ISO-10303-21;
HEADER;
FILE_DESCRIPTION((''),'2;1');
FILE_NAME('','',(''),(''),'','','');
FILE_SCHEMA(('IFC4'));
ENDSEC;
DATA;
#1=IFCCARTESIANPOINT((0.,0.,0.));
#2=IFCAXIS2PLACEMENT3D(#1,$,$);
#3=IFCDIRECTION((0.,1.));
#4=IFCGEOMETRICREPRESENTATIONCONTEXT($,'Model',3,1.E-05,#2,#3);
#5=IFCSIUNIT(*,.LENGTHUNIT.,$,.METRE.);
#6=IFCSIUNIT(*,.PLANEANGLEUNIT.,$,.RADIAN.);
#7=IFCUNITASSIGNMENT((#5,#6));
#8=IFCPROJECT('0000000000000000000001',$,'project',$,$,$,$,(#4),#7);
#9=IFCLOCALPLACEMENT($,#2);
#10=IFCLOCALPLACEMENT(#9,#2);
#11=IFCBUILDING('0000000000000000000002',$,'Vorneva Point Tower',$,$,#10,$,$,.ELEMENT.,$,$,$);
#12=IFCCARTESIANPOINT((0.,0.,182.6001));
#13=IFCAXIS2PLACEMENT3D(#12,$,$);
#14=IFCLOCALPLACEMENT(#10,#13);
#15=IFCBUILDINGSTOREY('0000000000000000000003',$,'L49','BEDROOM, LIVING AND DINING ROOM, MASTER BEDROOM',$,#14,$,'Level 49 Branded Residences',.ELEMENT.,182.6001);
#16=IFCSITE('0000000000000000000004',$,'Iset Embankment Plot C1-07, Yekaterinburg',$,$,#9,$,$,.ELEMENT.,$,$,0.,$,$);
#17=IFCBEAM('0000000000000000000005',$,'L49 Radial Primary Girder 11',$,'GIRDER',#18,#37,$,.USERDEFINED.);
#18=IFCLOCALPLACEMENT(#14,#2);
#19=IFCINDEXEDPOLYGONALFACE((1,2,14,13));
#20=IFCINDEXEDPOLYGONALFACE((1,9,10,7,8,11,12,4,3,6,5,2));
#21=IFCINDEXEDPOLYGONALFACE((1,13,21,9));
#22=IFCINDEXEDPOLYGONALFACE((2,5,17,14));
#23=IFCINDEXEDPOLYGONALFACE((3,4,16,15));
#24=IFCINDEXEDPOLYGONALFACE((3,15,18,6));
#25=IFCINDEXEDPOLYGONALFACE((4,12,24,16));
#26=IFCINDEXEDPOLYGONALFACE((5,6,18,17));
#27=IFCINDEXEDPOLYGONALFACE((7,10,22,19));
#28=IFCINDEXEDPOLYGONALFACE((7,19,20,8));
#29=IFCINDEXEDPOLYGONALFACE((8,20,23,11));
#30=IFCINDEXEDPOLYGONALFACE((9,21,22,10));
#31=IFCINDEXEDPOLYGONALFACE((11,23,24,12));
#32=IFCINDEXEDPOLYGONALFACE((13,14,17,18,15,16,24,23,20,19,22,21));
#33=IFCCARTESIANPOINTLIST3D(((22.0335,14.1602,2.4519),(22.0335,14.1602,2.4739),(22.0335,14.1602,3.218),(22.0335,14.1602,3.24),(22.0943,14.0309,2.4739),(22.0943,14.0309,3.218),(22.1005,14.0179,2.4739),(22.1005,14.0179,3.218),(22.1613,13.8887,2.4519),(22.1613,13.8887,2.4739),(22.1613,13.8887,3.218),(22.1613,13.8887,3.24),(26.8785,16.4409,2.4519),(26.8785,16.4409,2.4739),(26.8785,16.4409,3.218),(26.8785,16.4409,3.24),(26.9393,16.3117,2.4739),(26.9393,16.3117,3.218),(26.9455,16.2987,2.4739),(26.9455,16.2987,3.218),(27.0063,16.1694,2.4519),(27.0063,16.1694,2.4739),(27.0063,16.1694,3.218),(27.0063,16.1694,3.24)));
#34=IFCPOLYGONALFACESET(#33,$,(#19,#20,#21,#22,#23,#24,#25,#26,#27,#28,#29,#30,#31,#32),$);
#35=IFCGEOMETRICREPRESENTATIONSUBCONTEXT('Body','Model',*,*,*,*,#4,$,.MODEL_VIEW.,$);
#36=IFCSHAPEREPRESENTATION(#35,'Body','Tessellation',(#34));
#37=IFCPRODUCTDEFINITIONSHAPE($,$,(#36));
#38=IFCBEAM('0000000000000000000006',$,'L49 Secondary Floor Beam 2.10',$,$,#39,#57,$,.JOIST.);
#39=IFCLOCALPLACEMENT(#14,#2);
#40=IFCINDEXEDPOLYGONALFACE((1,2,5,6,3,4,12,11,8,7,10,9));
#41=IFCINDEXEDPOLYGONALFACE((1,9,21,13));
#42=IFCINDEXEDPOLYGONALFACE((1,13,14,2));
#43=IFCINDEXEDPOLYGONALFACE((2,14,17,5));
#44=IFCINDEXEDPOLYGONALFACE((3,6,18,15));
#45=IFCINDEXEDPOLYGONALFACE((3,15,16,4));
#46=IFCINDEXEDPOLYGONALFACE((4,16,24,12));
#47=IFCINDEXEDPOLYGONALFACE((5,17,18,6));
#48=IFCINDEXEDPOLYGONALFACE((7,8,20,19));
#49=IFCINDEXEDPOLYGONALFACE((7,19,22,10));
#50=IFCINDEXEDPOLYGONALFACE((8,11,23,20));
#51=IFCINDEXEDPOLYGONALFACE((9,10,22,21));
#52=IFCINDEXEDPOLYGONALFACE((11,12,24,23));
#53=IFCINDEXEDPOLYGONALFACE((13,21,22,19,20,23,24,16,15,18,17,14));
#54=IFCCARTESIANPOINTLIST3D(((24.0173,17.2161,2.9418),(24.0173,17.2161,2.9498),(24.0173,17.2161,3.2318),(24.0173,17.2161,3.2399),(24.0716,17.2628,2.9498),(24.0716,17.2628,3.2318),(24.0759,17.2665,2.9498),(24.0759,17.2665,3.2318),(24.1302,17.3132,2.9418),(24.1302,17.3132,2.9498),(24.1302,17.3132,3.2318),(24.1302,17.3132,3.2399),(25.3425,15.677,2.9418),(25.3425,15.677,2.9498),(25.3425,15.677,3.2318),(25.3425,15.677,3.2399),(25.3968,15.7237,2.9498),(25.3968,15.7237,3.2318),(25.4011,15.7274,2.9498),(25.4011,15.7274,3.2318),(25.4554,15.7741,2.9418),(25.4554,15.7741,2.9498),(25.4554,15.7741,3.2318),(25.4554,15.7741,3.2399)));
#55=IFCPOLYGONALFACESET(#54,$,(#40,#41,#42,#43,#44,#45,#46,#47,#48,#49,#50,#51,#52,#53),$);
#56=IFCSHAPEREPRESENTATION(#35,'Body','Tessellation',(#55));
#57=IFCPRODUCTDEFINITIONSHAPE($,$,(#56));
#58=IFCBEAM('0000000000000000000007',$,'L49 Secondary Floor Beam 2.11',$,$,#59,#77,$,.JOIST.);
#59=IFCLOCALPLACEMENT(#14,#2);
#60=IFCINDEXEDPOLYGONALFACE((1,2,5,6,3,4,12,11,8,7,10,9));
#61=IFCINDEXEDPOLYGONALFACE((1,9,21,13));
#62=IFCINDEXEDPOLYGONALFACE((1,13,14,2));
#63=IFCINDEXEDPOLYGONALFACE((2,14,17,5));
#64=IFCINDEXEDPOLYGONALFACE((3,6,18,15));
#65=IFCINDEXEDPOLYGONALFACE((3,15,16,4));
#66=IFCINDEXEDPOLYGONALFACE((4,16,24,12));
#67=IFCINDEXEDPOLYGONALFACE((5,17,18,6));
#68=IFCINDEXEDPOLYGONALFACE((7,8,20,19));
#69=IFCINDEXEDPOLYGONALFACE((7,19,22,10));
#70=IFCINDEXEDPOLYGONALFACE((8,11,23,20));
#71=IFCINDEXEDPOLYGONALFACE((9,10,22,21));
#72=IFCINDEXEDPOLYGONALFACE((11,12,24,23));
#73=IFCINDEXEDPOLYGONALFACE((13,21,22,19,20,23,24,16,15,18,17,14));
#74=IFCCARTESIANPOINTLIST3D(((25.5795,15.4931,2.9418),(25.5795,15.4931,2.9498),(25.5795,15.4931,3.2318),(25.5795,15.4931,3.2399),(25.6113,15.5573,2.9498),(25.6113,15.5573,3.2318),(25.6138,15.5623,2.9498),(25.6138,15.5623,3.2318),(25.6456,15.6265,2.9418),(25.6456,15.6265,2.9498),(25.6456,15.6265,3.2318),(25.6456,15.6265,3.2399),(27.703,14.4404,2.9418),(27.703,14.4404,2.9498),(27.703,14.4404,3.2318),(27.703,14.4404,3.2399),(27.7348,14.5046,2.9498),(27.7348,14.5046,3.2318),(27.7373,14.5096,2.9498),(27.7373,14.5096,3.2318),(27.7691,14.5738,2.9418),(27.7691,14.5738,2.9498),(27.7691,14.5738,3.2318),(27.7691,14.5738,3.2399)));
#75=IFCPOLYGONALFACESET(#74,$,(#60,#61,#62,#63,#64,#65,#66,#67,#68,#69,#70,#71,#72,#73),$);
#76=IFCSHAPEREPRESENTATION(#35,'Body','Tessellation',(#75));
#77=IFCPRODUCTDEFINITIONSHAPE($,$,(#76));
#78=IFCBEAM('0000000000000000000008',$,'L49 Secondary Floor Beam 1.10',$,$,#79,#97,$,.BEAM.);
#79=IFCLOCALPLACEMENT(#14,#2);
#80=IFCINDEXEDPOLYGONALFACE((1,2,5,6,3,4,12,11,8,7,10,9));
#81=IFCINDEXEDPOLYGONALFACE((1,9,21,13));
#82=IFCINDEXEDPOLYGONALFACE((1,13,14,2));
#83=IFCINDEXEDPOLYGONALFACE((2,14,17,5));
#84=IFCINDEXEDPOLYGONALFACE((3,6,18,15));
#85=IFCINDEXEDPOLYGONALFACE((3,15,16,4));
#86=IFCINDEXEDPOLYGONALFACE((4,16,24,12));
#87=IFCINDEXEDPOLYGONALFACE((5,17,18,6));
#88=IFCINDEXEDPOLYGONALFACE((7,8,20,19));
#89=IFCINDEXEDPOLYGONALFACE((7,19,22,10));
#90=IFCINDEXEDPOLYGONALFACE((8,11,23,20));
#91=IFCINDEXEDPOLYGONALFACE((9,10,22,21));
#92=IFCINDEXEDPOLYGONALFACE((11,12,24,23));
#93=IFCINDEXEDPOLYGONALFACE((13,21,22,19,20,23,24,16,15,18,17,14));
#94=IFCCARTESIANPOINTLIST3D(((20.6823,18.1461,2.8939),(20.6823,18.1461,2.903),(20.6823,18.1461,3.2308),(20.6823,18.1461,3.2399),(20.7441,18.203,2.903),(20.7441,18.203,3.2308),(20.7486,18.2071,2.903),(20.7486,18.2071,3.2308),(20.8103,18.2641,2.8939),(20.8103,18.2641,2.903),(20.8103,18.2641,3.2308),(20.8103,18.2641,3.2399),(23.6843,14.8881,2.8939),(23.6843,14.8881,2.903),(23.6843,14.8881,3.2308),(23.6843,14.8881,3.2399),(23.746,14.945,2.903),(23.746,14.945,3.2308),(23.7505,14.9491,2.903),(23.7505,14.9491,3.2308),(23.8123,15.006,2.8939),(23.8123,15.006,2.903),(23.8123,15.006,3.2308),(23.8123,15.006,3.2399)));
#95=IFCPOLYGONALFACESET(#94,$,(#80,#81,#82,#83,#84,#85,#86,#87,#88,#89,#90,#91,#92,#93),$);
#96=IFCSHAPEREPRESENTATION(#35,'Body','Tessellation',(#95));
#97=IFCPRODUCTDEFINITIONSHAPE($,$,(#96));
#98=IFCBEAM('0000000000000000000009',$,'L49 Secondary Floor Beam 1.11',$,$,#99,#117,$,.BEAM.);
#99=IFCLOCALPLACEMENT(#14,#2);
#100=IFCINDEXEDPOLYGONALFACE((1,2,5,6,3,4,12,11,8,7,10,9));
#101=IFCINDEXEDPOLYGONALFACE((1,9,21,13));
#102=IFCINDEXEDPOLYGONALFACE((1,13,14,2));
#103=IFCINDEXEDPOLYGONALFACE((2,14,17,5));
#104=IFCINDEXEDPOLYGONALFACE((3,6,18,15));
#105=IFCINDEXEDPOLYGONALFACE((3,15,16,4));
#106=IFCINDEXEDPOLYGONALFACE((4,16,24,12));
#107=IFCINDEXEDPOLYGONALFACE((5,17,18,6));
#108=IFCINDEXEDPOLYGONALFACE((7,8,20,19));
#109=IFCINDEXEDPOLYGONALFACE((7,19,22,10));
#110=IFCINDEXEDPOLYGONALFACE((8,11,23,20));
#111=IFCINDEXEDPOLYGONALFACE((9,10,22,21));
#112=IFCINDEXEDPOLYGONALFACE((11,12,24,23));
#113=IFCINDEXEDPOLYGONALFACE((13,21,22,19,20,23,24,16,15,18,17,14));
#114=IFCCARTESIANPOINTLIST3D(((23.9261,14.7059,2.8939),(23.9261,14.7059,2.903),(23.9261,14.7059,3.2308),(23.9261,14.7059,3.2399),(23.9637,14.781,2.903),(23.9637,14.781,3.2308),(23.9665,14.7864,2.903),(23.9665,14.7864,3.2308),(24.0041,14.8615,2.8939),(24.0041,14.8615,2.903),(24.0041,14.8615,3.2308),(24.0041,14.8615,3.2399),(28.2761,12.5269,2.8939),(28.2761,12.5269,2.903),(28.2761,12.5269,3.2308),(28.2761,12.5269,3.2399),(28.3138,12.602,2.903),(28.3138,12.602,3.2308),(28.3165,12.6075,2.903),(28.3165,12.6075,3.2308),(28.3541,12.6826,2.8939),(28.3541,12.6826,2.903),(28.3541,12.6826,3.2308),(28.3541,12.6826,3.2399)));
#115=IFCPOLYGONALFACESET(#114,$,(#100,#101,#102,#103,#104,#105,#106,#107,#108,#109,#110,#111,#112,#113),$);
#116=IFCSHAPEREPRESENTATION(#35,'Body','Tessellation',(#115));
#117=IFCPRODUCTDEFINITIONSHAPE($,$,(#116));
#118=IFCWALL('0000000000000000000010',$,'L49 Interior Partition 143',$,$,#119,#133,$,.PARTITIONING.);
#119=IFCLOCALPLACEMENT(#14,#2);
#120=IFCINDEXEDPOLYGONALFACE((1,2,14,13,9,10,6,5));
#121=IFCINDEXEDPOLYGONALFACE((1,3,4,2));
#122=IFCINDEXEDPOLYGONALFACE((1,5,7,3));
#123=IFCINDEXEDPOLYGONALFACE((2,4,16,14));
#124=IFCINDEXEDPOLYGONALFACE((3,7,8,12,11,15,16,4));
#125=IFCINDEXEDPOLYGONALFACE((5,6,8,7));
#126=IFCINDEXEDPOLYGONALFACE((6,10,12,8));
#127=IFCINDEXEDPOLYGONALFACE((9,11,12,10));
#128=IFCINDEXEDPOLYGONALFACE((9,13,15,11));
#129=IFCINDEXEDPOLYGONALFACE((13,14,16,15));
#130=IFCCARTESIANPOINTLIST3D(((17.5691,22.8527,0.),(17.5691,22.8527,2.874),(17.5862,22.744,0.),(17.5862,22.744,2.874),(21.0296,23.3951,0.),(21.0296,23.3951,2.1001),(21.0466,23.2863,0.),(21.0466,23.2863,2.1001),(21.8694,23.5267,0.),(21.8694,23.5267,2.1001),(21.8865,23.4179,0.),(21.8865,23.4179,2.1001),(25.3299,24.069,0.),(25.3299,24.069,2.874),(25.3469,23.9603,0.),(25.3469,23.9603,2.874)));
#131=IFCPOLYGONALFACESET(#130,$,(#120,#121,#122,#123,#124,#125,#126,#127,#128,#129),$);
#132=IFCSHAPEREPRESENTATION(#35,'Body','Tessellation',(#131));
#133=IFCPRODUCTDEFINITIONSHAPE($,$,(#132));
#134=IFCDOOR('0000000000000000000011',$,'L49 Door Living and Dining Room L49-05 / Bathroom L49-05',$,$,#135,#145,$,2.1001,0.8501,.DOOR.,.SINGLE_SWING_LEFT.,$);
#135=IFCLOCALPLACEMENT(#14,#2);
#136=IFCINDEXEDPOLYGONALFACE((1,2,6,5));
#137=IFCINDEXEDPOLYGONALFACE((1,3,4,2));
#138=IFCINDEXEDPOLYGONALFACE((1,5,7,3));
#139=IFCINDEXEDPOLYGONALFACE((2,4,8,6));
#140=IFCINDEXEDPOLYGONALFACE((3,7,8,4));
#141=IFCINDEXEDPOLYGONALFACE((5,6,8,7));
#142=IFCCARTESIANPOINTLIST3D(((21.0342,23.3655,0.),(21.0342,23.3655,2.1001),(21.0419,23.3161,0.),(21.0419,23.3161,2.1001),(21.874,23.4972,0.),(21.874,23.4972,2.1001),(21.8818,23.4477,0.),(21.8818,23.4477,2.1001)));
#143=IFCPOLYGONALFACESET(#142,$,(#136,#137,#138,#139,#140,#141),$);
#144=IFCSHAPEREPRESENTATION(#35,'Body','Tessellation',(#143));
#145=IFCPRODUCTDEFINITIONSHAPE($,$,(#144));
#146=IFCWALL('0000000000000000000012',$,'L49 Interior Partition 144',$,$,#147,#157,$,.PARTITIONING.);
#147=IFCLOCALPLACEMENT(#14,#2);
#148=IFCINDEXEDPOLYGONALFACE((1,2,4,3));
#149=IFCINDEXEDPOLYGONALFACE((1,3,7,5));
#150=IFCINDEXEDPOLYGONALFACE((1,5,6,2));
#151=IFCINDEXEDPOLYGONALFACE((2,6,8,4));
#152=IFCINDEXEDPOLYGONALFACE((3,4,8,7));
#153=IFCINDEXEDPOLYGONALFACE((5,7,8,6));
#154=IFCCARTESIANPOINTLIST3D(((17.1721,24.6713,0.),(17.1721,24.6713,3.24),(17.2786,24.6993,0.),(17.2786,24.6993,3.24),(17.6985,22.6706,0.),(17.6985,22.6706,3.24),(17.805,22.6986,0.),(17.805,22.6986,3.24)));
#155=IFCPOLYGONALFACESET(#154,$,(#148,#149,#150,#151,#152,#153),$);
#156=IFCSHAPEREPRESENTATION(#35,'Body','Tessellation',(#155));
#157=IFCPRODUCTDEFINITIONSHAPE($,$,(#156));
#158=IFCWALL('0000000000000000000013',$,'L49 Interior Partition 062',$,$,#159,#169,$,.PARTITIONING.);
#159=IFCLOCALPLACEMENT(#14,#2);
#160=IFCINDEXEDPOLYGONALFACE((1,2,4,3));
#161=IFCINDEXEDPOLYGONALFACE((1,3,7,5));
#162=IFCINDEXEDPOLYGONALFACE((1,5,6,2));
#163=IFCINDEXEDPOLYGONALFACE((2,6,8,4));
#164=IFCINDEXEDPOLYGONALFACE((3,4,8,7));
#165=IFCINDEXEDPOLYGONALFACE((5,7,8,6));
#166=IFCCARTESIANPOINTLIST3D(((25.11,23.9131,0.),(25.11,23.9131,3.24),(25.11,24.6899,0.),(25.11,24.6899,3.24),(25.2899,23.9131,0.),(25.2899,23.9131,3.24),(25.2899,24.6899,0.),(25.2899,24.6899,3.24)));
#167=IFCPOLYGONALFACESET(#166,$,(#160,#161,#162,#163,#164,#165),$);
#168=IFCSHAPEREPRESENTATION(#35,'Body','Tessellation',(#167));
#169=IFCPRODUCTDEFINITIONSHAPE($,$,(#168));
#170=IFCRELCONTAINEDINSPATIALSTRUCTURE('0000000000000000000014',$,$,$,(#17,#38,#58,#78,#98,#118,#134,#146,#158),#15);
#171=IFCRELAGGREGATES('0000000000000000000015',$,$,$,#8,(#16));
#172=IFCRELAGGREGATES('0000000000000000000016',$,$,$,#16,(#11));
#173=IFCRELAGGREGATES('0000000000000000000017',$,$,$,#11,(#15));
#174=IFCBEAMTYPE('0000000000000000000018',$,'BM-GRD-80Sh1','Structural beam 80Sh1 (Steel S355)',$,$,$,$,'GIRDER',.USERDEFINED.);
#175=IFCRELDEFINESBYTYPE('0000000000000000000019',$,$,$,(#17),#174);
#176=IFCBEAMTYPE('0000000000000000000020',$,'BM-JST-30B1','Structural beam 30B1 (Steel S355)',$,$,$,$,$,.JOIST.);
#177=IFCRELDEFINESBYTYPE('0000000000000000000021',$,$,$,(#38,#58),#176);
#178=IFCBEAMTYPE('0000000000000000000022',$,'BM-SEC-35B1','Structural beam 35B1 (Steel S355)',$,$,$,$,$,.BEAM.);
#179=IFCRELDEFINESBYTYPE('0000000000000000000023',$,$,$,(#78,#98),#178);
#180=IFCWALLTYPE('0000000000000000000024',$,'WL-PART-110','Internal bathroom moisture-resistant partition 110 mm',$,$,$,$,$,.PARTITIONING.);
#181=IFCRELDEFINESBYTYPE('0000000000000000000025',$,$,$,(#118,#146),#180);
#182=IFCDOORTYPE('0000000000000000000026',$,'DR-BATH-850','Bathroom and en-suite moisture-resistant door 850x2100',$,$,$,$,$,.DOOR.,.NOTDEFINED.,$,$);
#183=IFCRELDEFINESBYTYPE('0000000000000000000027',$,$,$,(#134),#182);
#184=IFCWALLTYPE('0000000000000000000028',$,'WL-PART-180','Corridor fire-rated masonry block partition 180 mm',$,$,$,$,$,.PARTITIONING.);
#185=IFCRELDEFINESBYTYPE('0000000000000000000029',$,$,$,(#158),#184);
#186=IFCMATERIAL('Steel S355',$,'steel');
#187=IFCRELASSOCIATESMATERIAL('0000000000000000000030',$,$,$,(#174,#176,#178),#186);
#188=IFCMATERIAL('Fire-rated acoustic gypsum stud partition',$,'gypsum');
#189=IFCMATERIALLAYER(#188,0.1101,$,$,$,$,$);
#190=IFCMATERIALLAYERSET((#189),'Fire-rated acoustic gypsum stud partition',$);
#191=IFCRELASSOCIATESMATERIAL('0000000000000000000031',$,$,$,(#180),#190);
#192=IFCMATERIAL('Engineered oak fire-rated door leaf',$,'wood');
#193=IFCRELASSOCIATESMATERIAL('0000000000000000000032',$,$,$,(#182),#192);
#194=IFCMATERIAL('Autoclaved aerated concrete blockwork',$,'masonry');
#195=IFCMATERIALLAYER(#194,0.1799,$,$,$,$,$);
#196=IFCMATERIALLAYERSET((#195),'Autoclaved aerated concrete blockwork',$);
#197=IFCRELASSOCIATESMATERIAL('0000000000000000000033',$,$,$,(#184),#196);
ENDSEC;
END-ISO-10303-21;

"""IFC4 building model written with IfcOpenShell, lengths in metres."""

from ifc_helpers import new_model, si_unit, direction, frame, frame_2d, origin, origin_2d, place, context, subcontext, project, spatial, rectangle, i_section, extrude, material, layer, layer_set, material_profile, profile_set, type_object, element, fill, save


model = new_model("IFC4")

# Units and contexts
model_context = context("Model", 3, precision=1e-05, world=origin(), true_north=direction((0.0, 1.0)))
body_context = subcontext(model_context, "Body", "Model", "MODEL_VIEW")
ifc_project = project(units=[si_unit("LENGTHUNIT", "METRE"), si_unit("PLANEANGLEUNIT", "RADIAN")], contexts=[model_context])

# Site, building, storey
site_placement = place(None, origin())
site = spatial("IfcSite", under=ifc_project, at=site_placement, Name="Iset Embankment Plot C1-07, Yekaterinburg", CompositionType="ELEMENT", RefElevation=0.0)
building_placement = place(site_placement, origin())
building = spatial("IfcBuilding", under=site, at=building_placement, Name="Vorneva Point Tower", CompositionType="ELEMENT")
storey_placement = place(building_placement, frame((0.0, 0.0, 182.6001)))
storey = spatial("IfcBuildingStorey", under=building, at=storey_placement, Name="L49", Description="BEDROOM, LIVING AND DINING ROOM, MASTER BEDROOM", LongName="Level 49 Branded Residences", CompositionType="ELEMENT", Elevation=182.6001)

# Beams
ifc_material_1 = material(Name="Steel S355", Category="steel")
ifc_material_profile_1 = material_profile(ifc_material_1, i_section(OverallWidth=0.3, OverallDepth=0.7881, WebThickness=0.0144, FlangeThickness=0.022, at=origin_2d()), Name="80Sh1")
ifc_profile_set_1 = profile_set([ifc_material_profile_1], Name="Steel S355")
beam_type_1 = type_object("IfcBeamType", Name="BM-GRD-80Sh1", Description="Structural beam 80Sh1 (Steel S355)", ElementType="GIRDER", PredefinedType="USERDEFINED", material=ifc_profile_set_1)
beam_1_placement = place(storey_placement, frame((22.0974, 14.0244, 2.8459), z_axis=(0.904763, 0.425916, 0.0), x_axis=(-0.425916, 0.904763, 0.0)))
element("IfcBeam", 1, at=beam_1_placement, inside=storey, type_object=beam_type_1, Name="L49 Radial Primary Girder 11", ObjectType="GIRDER", PredefinedType="USERDEFINED", context=body_context, shape_type="SweptSolid", body=[
    extrude(i_section(OverallWidth=0.3, OverallDepth=0.7881, WebThickness=0.0144, FlangeThickness=0.022, at=origin_2d()), origin(), (0.0, 0.0, 1.0), 5.355),
])
ifc_material_profile_2 = material_profile(ifc_material_1, i_section(OverallWidth=0.1489, OverallDepth=0.2981, WebThickness=0.0056, FlangeThickness=0.0081, at=origin_2d()), Name="30B1")
ifc_profile_set_2 = profile_set([ifc_material_profile_2], Name="Steel S355")
beam_type_2 = type_object("IfcBeamType", Name="BM-JST-30B1", Description="Structural beam 30B1 (Steel S355)", PredefinedType="JOIST", material=ifc_profile_set_2)
beam_2_placement = place(storey_placement, frame((24.0737, 17.2646, 3.0908), z_axis=(0.652492, -0.757795, 0.0), x_axis=(0.757795, 0.652492, 0.0)))
element("IfcBeam", 2, at=beam_2_placement, inside=storey, type_object=beam_type_2, Name="L49 Secondary Floor Beam 2.10", PredefinedType="JOIST", context=body_context, shape_type="SweptSolid", body=[
    extrude(i_section(OverallWidth=0.1489, OverallDepth=0.2981, WebThickness=0.0056, FlangeThickness=0.0081, at=origin_2d()), origin(), (0.0, 0.0, 1.0), 2.031),
])
beam_3_placement = place(storey_placement, frame((25.6125, 15.5598, 3.0908), z_axis=(0.895946, -0.444162, 0.0), x_axis=(0.444162, 0.895946, 0.0)))
element("IfcBeam", 3, at=beam_3_placement, inside=storey, type_object=beam_type_2, Name="L49 Secondary Floor Beam 2.11", PredefinedType="JOIST", context=body_context, shape_type="SweptSolid", body=[
    extrude(i_section(OverallWidth=0.1489, OverallDepth=0.2981, WebThickness=0.0056, FlangeThickness=0.0081, at=origin_2d()), origin(), (0.0, 0.0, 1.0), 2.3701),
])
ifc_material_profile_3 = material_profile(ifc_material_1, i_section(OverallWidth=0.1741, OverallDepth=0.3459, WebThickness=0.0061, FlangeThickness=0.009, at=origin_2d()), Name="35B1")
ifc_profile_set_3 = profile_set([ifc_material_profile_3], Name="Steel S355")
beam_type_3 = type_object("IfcBeamType", Name="BM-SEC-35B1", Description="Structural beam 35B1 (Steel S355)", PredefinedType="BEAM", material=ifc_profile_set_3)
beam_4_placement = place(storey_placement, frame((20.7463, 18.2051, 3.0669), z_axis=(0.677611, -0.73542, 0.0), x_axis=(0.73542, 0.677611, 0.0)))
element("IfcBeam", 4, at=beam_4_placement, inside=storey, type_object=beam_type_3, Name="L49 Secondary Floor Beam 1.10", PredefinedType="BEAM", context=body_context, shape_type="SweptSolid", body=[
    extrude(i_section(OverallWidth=0.1741, OverallDepth=0.3459, WebThickness=0.0061, FlangeThickness=0.009, at=origin_2d()), origin(), (0.0, 0.0, 1.0), 4.4302),
])
beam_5_placement = place(storey_placement, frame((23.9651, 14.7837, 3.0669), z_axis=(0.894106, -0.447856, 0.0), x_axis=(0.447856, 0.894106, 0.0)))
element("IfcBeam", 5, at=beam_5_placement, inside=storey, type_object=beam_type_3, Name="L49 Secondary Floor Beam 1.11", PredefinedType="BEAM", context=body_context, shape_type="SweptSolid", body=[
    extrude(i_section(OverallWidth=0.1741, OverallDepth=0.3459, WebThickness=0.0061, FlangeThickness=0.009, at=origin_2d()), origin(), (0.0, 0.0, 1.0), 4.8652),
])

# Wall, opening, door
ifc_material_2 = material(Name="Fire-rated acoustic gypsum stud partition", Category="gypsum")
ifc_layer_1 = layer(ifc_material_2, 0.1101)
ifc_layer_set_1 = layer_set([ifc_layer_1], Name="Fire-rated acoustic gypsum stud partition")
wall_type_1 = type_object("IfcWallType", Name="WL-PART-110", Description="Internal bathroom moisture-resistant partition 110 mm", PredefinedType="PARTITIONING", material=ifc_layer_set_1)
wall_1_placement = place(storey_placement, frame((25.3384, 24.0146, 0.0), z_axis=(0.0, 0.0, 1.0), x_axis=(-0.98794, -0.154836, 0.0)))
wall_1 = element("IfcWall", 6, at=wall_1_placement, inside=storey, type_object=wall_type_1, Name="L49 Interior Partition 143", PredefinedType="PARTITIONING", context=body_context, shape_type="SweptSolid", body=[
    extrude(rectangle(XDim=7.8555, YDim=0.1101, at=frame_2d((3.9277, 0.0))), origin(), (0.0, 0.0, 1.0), 2.874),
])
opening_1_placement = place(wall_1_placement, frame((3.5027, 0.0, 0.0)))
opening_1 = element("IfcOpeningElement", 7, at=opening_1_placement, cuts=wall_1, PredefinedType="OPENING", context=body_context, shape_type="SweptSolid", body=[
    extrude(rectangle(XDim=0.8501, YDim=2.1001, at=frame_2d((0.425, 1.05))), frame((0.0, 0.0698, 0.0), z_axis=(0.0, -1.0, 0.0), x_axis=(1.0, 0.0, 0.0)), (0.0, 0.0, 1.0), 0.1399),
])
ifc_material_3 = material(Name="Engineered oak fire-rated door leaf", Category="wood")
door_type_1 = type_object("IfcDoorType", Name="DR-BATH-850", Description="Bathroom and en-suite moisture-resistant door 850x2100", OperationType="NOTDEFINED", PredefinedType="DOOR", material=ifc_material_3)
door_1_placement = place(opening_1_placement, origin())
door_1 = element("IfcDoor", 8, at=door_1_placement, inside=storey, type_object=door_type_1, Name="L49 Door Living and Dining Room L49-05 / Bathroom L49-05", OperationType="SINGLE_SWING_LEFT", OverallHeight=2.1001, OverallWidth=0.8501, PredefinedType="DOOR", context=body_context, shape_type="SweptSolid", body=[
    extrude(rectangle(XDim=0.8501, YDim=2.1001, at=frame_2d((0.425, 1.05))), frame((0.0, 0.0249, 0.0), z_axis=(0.0, -1.0, 0.0), x_axis=(1.0, 0.0, 0.0)), (0.0, 0.0, 1.0), 0.05),
])
fill(opening_1, door_1)

# Wall
wall_2_placement = place(storey_placement, frame((17.7517, 22.6846, 0.0), z_axis=(0.0, 0.0, 1.0), x_axis=(-0.254429, 0.967091, 0.0)))
element("IfcWall", 9, at=wall_2_placement, inside=storey, type_object=wall_type_1, Name="L49 Interior Partition 144", PredefinedType="PARTITIONING", context=body_context, shape_type="SweptSolid", body=[
    extrude(rectangle(XDim=2.0688, YDim=0.1101, at=frame_2d((1.0344, 0.0))), origin(), (0.0, 0.0, 1.0), 3.24),
])

# Shared definitions
ifc_material_4 = material(Name="Autoclaved aerated concrete blockwork", Category="masonry")
ifc_layer_2 = layer(ifc_material_4, 0.1799)
ifc_layer_set_2 = layer_set([ifc_layer_2], Name="Autoclaved aerated concrete blockwork")
wall_type_2 = type_object("IfcWallType", Name="WL-PART-180", Description="Corridor fire-rated masonry block partition 180 mm", PredefinedType="PARTITIONING", material=ifc_layer_set_2)

# Wall
wall_3_placement = place(storey_placement, frame((25.2, 24.6899, 0.0), z_axis=(0.0, 0.0, 1.0), x_axis=(0.0, -1.0, 0.0)))
element("IfcWall", 10, at=wall_3_placement, inside=storey, type_object=wall_type_2, Name="L49 Interior Partition 062", PredefinedType="PARTITIONING", context=body_context, shape_type="SweptSolid", body=[
    extrude(rectangle(XDim=0.7769, YDim=0.1799, at=frame_2d((0.3884, 0.0))), origin(), (0.0, 0.0, 1.0), 3.24),
])

save(model, "model.ifc")
